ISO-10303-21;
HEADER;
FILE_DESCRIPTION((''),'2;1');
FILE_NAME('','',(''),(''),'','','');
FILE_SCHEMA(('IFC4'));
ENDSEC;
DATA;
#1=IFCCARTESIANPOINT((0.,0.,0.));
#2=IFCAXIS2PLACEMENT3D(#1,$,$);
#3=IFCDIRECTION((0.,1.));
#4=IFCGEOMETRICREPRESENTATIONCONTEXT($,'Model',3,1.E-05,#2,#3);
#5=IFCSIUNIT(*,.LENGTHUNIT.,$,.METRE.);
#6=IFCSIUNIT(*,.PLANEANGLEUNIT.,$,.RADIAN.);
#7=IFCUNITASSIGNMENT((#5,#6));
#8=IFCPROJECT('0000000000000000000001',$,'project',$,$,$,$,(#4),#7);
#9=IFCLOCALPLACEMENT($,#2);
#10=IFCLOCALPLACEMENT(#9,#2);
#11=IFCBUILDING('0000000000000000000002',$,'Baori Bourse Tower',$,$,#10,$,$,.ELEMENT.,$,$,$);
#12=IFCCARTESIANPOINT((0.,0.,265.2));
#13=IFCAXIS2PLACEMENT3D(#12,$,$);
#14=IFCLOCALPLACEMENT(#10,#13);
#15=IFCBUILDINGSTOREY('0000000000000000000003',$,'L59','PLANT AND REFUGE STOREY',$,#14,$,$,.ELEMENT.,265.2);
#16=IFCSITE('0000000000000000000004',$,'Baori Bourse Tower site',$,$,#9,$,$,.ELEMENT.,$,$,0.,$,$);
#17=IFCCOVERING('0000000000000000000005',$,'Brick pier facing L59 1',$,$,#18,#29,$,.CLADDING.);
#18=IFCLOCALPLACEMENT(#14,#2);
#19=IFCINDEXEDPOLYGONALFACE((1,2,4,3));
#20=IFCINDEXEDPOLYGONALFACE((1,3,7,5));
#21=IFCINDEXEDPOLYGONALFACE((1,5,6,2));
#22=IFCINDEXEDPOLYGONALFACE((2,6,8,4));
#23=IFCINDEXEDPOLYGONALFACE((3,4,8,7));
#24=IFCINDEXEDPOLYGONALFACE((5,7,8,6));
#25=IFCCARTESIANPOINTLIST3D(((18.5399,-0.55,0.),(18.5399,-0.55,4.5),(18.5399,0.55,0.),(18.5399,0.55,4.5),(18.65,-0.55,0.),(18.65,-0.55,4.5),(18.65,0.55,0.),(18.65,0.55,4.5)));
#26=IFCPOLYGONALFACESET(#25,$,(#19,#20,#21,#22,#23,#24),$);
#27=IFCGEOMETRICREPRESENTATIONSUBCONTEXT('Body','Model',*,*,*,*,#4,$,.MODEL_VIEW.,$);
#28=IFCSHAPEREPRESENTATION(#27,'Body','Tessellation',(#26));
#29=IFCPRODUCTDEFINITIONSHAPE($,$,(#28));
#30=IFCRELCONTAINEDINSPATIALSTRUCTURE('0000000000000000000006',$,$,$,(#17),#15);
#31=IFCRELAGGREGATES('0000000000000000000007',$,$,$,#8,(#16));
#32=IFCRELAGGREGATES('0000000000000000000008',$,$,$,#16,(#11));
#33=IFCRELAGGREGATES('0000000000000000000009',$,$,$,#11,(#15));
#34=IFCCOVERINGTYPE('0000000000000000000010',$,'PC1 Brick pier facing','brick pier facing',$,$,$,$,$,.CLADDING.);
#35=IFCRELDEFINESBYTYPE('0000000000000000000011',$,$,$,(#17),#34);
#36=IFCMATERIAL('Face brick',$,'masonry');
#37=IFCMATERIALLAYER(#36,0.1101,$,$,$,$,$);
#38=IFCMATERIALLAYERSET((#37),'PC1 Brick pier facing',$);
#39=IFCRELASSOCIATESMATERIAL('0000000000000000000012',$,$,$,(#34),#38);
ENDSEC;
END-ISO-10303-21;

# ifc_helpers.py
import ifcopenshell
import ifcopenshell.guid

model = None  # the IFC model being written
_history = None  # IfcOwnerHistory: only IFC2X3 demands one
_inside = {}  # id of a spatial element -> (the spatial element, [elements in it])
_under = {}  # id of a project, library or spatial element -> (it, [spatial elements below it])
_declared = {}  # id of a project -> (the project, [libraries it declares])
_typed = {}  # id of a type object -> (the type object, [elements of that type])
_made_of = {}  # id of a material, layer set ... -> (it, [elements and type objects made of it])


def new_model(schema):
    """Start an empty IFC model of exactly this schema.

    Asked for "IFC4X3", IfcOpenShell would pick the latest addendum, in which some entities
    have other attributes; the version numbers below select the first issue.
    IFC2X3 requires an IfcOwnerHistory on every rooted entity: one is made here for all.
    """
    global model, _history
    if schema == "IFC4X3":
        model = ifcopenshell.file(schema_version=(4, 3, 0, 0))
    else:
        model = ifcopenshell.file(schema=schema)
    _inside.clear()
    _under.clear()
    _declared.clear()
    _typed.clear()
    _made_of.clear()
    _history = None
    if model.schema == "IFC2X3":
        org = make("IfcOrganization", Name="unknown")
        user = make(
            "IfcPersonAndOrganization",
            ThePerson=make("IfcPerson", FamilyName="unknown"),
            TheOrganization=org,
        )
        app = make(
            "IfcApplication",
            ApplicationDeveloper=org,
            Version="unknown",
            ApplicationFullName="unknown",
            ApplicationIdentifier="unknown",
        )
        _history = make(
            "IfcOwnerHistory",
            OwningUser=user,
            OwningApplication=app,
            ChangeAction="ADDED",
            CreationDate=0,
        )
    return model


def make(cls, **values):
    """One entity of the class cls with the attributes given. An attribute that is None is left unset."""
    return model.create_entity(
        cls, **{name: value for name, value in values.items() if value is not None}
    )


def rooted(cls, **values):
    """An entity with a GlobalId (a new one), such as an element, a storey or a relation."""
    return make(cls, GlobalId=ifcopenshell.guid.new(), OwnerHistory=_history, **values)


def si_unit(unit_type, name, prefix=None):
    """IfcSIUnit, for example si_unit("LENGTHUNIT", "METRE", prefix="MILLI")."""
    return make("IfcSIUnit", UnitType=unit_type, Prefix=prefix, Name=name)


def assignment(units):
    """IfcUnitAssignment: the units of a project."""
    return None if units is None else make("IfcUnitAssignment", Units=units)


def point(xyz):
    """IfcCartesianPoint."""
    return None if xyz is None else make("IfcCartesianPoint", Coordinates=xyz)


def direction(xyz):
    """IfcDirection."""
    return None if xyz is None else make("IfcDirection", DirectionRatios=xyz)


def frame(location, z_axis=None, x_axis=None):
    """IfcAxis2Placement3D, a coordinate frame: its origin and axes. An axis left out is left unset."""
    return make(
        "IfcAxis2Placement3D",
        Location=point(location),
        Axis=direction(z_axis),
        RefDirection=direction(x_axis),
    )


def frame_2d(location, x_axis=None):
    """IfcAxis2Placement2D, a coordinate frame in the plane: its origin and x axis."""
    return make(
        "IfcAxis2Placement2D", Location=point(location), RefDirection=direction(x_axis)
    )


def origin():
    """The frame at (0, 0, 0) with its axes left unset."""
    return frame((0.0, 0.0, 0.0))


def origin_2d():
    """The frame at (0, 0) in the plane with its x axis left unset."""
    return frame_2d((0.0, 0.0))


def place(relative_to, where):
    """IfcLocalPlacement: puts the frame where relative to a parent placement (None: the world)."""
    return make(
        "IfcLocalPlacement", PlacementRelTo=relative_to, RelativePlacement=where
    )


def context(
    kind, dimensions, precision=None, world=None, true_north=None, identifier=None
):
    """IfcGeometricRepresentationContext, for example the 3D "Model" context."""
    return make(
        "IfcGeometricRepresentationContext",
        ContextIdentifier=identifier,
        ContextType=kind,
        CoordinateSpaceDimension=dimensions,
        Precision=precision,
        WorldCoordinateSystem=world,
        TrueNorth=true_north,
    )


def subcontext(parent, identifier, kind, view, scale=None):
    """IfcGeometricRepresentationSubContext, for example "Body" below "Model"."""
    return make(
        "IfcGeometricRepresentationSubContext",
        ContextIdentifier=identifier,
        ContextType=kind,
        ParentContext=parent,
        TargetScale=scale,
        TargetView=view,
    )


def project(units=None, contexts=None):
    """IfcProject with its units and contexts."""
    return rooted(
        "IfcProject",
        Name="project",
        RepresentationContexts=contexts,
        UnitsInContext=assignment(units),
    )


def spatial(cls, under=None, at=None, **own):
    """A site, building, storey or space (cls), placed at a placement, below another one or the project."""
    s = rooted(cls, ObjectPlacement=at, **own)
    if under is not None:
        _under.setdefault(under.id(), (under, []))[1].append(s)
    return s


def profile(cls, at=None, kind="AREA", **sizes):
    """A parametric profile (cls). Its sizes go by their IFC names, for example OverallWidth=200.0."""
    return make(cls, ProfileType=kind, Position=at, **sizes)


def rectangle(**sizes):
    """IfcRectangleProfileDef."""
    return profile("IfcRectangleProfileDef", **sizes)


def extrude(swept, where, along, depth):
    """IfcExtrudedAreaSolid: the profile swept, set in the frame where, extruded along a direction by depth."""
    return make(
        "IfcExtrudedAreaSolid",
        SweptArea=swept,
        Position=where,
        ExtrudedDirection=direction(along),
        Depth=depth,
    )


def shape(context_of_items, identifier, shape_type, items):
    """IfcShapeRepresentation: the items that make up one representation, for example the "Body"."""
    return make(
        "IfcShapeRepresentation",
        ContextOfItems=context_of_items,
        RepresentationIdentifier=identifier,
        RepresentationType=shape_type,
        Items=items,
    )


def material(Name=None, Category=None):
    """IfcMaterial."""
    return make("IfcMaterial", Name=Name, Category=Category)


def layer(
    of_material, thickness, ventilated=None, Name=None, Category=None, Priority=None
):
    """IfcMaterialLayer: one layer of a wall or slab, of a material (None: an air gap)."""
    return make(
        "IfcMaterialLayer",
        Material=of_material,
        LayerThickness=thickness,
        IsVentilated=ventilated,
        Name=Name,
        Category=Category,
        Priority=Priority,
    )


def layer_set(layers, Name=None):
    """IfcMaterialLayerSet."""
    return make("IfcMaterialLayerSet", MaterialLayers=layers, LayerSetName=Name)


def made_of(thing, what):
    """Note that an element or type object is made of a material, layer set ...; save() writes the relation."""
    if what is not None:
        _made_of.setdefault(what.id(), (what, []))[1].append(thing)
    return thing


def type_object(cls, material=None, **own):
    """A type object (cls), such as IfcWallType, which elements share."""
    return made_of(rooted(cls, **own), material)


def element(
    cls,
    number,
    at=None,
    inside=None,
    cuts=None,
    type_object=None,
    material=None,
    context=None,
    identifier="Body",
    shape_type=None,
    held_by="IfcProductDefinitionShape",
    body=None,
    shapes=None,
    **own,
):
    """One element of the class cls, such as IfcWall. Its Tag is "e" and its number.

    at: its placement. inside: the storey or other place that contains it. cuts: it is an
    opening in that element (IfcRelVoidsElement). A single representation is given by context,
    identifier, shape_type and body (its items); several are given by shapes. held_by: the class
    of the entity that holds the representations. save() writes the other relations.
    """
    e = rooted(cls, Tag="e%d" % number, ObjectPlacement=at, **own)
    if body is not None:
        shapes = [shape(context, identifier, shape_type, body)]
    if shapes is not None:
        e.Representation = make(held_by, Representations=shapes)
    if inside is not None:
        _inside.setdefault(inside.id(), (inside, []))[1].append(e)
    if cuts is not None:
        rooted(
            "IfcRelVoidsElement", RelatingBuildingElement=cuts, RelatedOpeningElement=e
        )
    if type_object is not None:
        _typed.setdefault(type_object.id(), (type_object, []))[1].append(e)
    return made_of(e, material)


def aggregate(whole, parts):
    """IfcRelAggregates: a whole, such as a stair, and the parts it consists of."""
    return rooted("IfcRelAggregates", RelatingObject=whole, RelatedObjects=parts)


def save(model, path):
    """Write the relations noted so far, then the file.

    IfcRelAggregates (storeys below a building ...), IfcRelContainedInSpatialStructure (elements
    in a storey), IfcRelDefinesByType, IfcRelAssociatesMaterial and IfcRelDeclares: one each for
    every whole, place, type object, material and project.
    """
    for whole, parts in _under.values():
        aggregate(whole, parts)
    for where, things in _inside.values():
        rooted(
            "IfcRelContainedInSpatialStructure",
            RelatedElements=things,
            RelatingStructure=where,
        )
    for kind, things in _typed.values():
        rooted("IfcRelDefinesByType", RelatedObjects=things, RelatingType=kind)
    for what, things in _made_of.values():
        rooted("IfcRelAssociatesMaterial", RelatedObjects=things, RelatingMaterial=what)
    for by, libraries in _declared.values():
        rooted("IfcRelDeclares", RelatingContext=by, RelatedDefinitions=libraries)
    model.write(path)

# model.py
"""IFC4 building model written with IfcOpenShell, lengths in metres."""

from ifc_helpers import new_model, si_unit, direction, frame, origin, origin_2d, place, context, subcontext, project, spatial, rectangle, extrude, material, layer, layer_set, type_object, element, save


model = new_model("IFC4")

# Units and contexts
model_context = context("Model", 3, precision=1e-05, world=origin(), true_north=direction((0.0, 1.0)))
body_context = subcontext(model_context, "Body", "Model", "MODEL_VIEW")
ifc_project = project(units=[si_unit("LENGTHUNIT", "METRE"), si_unit("PLANEANGLEUNIT", "RADIAN")], contexts=[model_context])

# Site, building, storey
site_placement = place(None, origin())
site = spatial("IfcSite", under=ifc_project, at=site_placement, Name="Baori Bourse Tower site", CompositionType="ELEMENT", RefElevation=0.0)
building_placement = place(site_placement, origin())
building = spatial("IfcBuilding", under=site, at=building_placement, Name="Baori Bourse Tower", CompositionType="ELEMENT")
storey_placement = place(building_placement, frame((0.0, 0.0, 265.2)))
storey = spatial("IfcBuildingStorey", under=building, at=storey_placement, Name="L59", Description="PLANT AND REFUGE STOREY", CompositionType="ELEMENT", Elevation=265.2)

# Covering
ifc_material_1 = material(Name="Face brick", Category="masonry")
ifc_layer_1 = layer(ifc_material_1, 0.1101)
ifc_layer_set_1 = layer_set([ifc_layer_1], Name="PC1 Brick pier facing")
covering_type = type_object("IfcCoveringType", Name="PC1 Brick pier facing", Description="brick pier facing", PredefinedType="CLADDING", material=ifc_layer_set_1)
covering_placement = place(storey_placement, frame((18.595, 0.0, 0.0), z_axis=(0.0, 0.0, 1.0), x_axis=(1.0, 0.0, 0.0)))
element("IfcCovering", 1, at=covering_placement, inside=storey, type_object=covering_type, Name="Brick pier facing L59 1", PredefinedType="CLADDING", context=body_context, shape_type="SweptSolid", body=[
    extrude(rectangle(XDim=0.1101, YDim=1.1001, at=origin_2d()), origin(), (0.0, 0.0, 1.0), 4.5),
])

save(model, "model.ifc")
